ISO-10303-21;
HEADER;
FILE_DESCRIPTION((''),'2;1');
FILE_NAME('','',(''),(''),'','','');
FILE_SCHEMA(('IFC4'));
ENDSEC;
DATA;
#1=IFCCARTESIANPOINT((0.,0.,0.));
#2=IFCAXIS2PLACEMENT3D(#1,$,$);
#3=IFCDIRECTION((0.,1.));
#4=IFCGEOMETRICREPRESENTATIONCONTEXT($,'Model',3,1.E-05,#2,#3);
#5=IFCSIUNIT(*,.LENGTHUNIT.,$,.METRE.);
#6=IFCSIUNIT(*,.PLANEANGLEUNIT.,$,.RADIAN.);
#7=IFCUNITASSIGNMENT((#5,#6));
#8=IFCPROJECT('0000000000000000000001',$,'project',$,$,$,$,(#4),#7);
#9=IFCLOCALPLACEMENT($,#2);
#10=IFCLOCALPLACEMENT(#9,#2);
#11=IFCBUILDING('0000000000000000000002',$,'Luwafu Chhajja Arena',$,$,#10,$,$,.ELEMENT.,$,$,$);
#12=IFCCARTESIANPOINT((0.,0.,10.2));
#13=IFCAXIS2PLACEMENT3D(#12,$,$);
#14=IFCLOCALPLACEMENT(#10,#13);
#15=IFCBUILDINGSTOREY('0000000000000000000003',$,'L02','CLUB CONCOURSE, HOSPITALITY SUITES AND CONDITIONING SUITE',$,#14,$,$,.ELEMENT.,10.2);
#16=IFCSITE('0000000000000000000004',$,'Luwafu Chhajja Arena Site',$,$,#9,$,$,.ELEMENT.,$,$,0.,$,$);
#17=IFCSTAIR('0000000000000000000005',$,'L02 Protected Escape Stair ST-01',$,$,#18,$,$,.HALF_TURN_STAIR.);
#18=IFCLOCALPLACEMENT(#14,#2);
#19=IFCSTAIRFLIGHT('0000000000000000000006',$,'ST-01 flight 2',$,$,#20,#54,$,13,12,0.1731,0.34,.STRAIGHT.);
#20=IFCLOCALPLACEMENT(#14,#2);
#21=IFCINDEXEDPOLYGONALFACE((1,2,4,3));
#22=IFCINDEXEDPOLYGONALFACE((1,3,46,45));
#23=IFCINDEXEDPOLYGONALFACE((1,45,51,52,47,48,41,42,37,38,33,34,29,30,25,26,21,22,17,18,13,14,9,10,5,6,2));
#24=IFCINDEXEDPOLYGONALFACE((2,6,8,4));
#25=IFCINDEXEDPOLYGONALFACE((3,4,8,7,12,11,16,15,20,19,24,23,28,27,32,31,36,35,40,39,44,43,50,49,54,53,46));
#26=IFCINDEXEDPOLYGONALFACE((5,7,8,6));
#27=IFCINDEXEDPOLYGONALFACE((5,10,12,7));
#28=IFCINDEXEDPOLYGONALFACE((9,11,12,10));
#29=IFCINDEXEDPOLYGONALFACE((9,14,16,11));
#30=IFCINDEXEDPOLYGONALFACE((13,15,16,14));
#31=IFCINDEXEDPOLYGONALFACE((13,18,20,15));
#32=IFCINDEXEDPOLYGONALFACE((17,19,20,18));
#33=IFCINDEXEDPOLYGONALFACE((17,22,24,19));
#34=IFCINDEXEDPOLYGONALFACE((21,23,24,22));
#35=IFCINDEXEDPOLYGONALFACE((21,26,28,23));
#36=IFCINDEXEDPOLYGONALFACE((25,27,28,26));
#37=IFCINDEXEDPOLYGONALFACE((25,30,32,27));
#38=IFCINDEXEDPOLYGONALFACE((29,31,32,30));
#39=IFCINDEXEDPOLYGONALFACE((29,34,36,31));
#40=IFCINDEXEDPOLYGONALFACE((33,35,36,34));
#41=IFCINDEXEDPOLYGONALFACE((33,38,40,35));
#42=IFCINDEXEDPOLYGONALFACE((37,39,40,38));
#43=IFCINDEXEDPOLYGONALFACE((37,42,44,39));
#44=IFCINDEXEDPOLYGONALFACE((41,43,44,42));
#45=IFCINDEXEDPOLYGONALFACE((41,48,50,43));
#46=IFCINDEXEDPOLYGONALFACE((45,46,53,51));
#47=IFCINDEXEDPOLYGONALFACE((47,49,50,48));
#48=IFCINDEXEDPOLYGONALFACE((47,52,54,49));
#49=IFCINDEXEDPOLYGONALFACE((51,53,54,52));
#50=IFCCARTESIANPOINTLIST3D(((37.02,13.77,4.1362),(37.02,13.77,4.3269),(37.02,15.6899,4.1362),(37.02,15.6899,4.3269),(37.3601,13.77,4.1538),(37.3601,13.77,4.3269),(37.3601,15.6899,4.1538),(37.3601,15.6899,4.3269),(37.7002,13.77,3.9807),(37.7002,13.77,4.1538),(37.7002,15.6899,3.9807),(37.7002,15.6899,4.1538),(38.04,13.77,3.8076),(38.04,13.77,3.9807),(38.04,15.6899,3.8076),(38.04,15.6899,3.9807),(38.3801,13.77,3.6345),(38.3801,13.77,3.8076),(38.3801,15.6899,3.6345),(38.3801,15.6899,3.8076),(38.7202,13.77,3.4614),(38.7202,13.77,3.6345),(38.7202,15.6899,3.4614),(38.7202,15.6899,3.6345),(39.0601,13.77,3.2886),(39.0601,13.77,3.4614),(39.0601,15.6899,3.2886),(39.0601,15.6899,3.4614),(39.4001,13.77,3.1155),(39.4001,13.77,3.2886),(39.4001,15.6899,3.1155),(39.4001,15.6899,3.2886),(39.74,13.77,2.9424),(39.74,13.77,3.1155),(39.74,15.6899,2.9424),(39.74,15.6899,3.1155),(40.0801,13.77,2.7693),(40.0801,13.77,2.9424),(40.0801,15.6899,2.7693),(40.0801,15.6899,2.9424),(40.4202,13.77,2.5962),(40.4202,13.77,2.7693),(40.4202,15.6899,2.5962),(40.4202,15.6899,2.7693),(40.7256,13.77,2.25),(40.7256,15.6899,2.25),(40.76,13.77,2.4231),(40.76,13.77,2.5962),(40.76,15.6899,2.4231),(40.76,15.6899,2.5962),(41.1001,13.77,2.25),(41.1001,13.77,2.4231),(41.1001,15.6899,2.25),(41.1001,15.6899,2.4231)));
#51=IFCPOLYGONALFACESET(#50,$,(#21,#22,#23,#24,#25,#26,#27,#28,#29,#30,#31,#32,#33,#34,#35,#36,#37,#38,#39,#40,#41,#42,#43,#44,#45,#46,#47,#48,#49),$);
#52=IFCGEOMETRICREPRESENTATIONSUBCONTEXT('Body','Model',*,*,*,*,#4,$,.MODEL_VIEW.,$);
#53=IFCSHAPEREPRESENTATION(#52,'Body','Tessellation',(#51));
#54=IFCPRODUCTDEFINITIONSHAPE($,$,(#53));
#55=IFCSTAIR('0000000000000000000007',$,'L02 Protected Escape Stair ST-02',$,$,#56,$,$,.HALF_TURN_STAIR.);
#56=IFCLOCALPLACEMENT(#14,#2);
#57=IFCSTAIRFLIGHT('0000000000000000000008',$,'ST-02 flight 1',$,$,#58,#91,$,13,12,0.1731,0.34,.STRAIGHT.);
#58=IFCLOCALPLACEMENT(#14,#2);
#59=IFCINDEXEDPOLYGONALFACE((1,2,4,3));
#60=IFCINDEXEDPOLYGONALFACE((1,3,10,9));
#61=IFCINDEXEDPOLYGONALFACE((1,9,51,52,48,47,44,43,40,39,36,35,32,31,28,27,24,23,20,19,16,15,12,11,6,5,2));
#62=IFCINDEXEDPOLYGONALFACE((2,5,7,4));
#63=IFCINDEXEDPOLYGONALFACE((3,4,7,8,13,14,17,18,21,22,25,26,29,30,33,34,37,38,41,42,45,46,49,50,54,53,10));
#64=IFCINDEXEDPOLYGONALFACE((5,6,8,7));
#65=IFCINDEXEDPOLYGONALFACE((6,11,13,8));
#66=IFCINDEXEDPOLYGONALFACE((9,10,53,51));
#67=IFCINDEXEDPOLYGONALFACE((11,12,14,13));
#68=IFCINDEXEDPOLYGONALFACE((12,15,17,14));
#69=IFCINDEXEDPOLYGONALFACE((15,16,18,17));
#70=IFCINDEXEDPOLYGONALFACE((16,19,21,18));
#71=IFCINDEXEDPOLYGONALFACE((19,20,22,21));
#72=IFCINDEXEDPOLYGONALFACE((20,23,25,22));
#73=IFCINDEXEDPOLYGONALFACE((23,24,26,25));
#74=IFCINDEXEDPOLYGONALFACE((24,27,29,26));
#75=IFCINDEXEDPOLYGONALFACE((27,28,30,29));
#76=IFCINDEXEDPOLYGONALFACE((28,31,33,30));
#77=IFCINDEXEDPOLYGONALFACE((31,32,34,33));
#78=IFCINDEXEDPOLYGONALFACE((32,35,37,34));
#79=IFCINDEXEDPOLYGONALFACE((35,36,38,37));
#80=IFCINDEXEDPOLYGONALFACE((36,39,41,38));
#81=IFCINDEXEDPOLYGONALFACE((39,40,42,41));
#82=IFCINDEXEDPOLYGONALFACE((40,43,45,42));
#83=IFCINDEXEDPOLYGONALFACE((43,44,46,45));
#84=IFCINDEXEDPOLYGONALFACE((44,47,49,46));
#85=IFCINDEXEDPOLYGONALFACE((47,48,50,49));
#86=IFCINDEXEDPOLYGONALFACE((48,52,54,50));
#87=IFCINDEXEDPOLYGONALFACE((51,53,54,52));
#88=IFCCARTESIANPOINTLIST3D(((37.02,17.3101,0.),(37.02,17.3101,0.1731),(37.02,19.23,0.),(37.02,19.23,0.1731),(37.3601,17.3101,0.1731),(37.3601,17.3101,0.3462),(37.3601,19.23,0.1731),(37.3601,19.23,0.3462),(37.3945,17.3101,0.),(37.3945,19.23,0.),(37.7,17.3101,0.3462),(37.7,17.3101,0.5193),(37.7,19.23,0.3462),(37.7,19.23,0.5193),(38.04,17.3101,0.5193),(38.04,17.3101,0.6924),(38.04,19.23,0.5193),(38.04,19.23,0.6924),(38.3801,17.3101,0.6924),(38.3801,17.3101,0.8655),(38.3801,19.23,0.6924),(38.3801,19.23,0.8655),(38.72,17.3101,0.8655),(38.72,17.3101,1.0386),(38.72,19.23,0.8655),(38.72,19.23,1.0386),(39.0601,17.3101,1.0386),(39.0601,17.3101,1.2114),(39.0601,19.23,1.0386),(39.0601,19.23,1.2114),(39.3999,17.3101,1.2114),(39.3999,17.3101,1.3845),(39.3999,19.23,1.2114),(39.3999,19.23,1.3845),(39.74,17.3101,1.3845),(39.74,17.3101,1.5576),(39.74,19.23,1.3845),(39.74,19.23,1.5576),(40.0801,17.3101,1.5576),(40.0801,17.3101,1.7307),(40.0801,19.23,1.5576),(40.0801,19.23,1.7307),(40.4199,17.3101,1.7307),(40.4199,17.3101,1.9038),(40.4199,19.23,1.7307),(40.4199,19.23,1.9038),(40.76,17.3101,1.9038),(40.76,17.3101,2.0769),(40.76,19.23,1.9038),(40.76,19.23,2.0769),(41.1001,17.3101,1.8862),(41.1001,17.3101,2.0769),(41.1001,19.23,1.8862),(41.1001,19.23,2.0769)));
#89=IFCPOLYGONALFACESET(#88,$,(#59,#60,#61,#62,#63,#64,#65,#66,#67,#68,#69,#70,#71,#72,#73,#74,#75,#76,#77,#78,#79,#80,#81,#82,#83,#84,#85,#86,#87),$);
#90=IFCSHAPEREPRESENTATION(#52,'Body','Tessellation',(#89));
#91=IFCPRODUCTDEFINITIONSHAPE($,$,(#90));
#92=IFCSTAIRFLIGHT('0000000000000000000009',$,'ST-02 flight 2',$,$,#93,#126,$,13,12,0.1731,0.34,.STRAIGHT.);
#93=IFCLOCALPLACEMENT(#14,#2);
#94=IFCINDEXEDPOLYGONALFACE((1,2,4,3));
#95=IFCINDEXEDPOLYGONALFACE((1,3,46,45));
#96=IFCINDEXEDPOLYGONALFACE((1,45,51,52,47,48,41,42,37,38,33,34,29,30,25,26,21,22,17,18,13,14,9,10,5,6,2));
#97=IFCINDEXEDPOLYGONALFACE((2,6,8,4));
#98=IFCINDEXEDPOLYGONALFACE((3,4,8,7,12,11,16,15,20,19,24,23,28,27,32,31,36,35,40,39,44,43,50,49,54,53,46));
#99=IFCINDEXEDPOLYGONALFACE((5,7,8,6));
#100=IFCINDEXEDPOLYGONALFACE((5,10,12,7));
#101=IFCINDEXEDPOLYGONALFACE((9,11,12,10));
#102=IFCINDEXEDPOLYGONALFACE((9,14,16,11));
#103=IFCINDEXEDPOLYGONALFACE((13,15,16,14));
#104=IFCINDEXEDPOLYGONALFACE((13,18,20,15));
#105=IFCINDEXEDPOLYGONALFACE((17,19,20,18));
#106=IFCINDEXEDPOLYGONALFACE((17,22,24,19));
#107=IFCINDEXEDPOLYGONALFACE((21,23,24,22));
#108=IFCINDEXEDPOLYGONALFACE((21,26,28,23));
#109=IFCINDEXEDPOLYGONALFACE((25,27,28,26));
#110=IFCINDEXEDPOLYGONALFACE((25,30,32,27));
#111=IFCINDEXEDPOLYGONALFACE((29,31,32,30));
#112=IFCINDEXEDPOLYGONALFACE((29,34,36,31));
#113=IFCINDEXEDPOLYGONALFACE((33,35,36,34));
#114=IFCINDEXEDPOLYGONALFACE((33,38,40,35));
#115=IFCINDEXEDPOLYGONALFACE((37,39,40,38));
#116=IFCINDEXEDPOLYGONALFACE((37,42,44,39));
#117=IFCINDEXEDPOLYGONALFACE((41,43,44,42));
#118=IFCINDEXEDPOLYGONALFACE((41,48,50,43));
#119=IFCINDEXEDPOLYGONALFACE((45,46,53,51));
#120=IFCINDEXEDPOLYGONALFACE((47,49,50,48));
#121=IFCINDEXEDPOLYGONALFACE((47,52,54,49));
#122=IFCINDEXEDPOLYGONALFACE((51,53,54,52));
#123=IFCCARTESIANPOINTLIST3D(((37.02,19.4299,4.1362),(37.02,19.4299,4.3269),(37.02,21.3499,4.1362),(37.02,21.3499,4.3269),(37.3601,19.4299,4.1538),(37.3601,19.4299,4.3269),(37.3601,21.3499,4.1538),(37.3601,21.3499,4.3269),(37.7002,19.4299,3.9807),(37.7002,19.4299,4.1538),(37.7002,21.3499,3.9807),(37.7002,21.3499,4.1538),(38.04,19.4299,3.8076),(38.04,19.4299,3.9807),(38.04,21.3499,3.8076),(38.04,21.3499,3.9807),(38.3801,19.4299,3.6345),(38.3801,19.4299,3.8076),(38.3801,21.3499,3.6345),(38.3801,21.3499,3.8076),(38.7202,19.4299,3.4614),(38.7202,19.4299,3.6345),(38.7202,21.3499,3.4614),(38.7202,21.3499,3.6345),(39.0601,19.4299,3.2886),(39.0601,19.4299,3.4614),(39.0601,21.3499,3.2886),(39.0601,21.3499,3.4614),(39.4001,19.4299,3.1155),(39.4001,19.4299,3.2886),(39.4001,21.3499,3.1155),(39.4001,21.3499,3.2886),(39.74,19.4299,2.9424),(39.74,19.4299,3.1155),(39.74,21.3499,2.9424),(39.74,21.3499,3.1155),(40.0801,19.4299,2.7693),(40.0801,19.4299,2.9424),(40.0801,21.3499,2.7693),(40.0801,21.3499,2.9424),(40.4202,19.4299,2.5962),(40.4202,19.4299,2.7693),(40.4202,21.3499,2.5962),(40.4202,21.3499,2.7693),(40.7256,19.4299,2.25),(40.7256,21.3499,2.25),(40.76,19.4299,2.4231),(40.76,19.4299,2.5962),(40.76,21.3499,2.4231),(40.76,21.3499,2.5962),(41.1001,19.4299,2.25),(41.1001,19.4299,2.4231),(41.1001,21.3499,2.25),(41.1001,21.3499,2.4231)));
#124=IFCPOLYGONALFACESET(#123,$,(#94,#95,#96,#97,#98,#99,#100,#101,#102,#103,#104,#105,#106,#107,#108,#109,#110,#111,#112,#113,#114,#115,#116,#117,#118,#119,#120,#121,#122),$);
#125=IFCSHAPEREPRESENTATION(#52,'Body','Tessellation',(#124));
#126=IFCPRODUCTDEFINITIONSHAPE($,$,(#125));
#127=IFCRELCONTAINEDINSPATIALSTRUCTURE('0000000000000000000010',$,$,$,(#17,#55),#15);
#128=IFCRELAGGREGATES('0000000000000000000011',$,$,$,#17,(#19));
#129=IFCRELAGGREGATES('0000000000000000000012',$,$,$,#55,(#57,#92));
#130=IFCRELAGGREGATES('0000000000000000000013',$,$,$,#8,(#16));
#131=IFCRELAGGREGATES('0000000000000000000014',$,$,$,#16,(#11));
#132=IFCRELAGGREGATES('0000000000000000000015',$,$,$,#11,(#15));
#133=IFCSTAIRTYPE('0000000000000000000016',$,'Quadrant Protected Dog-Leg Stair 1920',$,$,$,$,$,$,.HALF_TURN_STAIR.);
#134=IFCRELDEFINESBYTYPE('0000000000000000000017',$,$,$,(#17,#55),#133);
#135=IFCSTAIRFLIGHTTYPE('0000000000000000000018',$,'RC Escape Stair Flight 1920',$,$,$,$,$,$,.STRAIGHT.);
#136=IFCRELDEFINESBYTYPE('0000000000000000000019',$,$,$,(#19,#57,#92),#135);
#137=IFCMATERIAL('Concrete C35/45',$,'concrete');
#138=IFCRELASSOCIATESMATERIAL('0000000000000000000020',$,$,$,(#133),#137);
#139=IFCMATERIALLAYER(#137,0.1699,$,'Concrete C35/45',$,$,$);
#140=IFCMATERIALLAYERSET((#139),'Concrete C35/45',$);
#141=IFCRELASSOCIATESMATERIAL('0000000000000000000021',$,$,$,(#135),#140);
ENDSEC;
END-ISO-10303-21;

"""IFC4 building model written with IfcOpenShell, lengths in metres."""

from ifc_helpers import new_model, si_unit, direction, frame, origin, place, context, subcontext, project, spatial, polyline, outline, extrude, material, layer, layer_set, type_object, element, aggregate, save


model = new_model("IFC4")

# Units and contexts
model_context = context("Model", 3, precision=1e-05, world=origin(), true_north=direction((0.0, 1.0)))
body_context = subcontext(model_context, "Body", "Model", "MODEL_VIEW")
ifc_project = project(units=[si_unit("LENGTHUNIT", "METRE"), si_unit("PLANEANGLEUNIT", "RADIAN")], contexts=[model_context])

# Site, building, storey
site_placement = place(None, origin())
site = spatial("IfcSite", under=ifc_project, at=site_placement, Name="Luwafu Chhajja Arena Site", CompositionType="ELEMENT", RefElevation=0.0)
building_placement = place(site_placement, origin())
building = spatial("IfcBuilding", under=site, at=building_placement, Name="Luwafu Chhajja Arena", CompositionType="ELEMENT")
storey_placement = place(building_placement, frame((0.0, 0.0, 10.2)))
storey = spatial("IfcBuildingStorey", under=building, at=storey_placement, Name="L02", Description="CLUB CONCOURSE, HOSPITALITY SUITES AND CONDITIONING SUITE", CompositionType="ELEMENT", Elevation=10.2)

# Shared definitions
ifc_material_1 = material(Name="Concrete C35/45", Category="concrete")

# Stair, stair flight
stair_type = type_object("IfcStairType", Name="Quadrant Protected Dog-Leg Stair 1920", PredefinedType="HALF_TURN_STAIR", material=ifc_material_1)
stair_1_placement = place(storey_placement, origin())
stair_1 = element("IfcStair", 1, at=stair_1_placement, inside=storey, type_object=stair_type, Name="L02 Protected Escape Stair ST-01", PredefinedType="HALF_TURN_STAIR")
ifc_layer_1 = layer(ifc_material_1, 0.1699, Name="Concrete C35/45")
ifc_layer_set_1 = layer_set([ifc_layer_1], Name="Concrete C35/45")
stair_flight_type = type_object("IfcStairFlightType", Name="RC Escape Stair Flight 1920", PredefinedType="STRAIGHT", material=ifc_layer_set_1)
stair_flight_1_placement = place(storey_placement, frame((41.1001, 14.73, 2.25), z_axis=(0.0, 0.0, 1.0), x_axis=(-1.0, 0.0, 0.0)))
stair_flight_1 = element("IfcStairFlight", 2, at=stair_flight_1_placement, type_object=stair_flight_type, Name="ST-01 flight 2", NumberOfRisers=13, NumberOfTreads=12, PredefinedType="STRAIGHT", RiserHeight=0.1731, TreadLength=0.34, context=body_context, shape_type="SweptSolid", body=[
    extrude(outline(polyline([(0.0, 0.0), (0.0, 0.1731), (0.3401, 0.1731), (0.3401, 0.3462), (0.6799, 0.3462), (0.6799, 0.5193), (1.02, 0.5193), (1.02, 0.6924), (1.3601, 0.6924), (1.3601, 0.8655), (1.7, 0.8655), (1.7, 1.0386), (2.04, 1.0386), (2.04, 1.2114), (2.3799, 1.2114), (2.3799, 1.3845), (2.72, 1.3845), (2.72, 1.5576), (3.0601, 1.5576), (3.0601, 1.7307), (3.3999, 1.7307), (3.3999, 1.9038), (3.74, 1.9038), (3.74, 2.0769), (4.0801, 2.0769), (4.0801, 2.25), (4.0801, 1.8862), (0.3745, 0.0), (0.0, 0.0)])), frame((0.0, 0.96, 0.0), z_axis=(0.0, -1.0, 0.0), x_axis=(1.0, 0.0, 0.0)), (0.0, 0.0, 1.0), 1.9199),
])
aggregate(stair_1, [stair_flight_1])

# Stair, stair flights
stair_2_placement = place(storey_placement, origin())
stair_2 = element("IfcStair", 3, at=stair_2_placement, inside=storey, type_object=stair_type, Name="L02 Protected Escape Stair ST-02", PredefinedType="HALF_TURN_STAIR")
stair_flight_2_placement = place(storey_placement, frame((37.02, 18.27, 0.0), z_axis=(0.0, 0.0, 1.0), x_axis=(1.0, 0.0, 0.0)))
stair_flight_2 = element("IfcStairFlight", 4, at=stair_flight_2_placement, type_object=stair_flight_type, Name="ST-02 flight 1", NumberOfRisers=13, NumberOfTreads=12, PredefinedType="STRAIGHT", RiserHeight=0.1731, TreadLength=0.34, context=body_context, shape_type="SweptSolid", body=[
    extrude(outline(polyline([(0.0, 0.0), (0.0, 0.1731), (0.3401, 0.1731), (0.3401, 0.3462), (0.6799, 0.3462), (0.6799, 0.5193), (1.02, 0.5193), (1.02, 0.6924), (1.3601, 0.6924), (1.3601, 0.8655), (1.7, 0.8655), (1.7, 1.0386), (2.04, 1.0386), (2.04, 1.2114), (2.3799, 1.2114), (2.3799, 1.3845), (2.72, 1.3845), (2.72, 1.5576), (3.0601, 1.5576), (3.0601, 1.7307), (3.3999, 1.7307), (3.3999, 1.9038), (3.74, 1.9038), (3.74, 2.0769), (4.0801, 2.0769), (4.0801, 2.25), (4.0801, 1.8862), (0.3745, 0.0), (0.0, 0.0)])), frame((0.0, 0.96, 0.0), z_axis=(0.0, -1.0, 0.0), x_axis=(1.0, 0.0, 0.0)), (0.0, 0.0, 1.0), 1.9199),
])
stair_flight_3_placement = place(storey_placement, frame((41.1001, 20.3899, 2.25), z_axis=(0.0, 0.0, 1.0), x_axis=(-1.0, 0.0, 0.0)))
stair_flight_3 = element("IfcStairFlight", 5, at=stair_flight_3_placement, type_object=stair_flight_type, Name="ST-02 flight 2", NumberOfRisers=13, NumberOfTreads=12, PredefinedType="STRAIGHT", RiserHeight=0.1731, TreadLength=0.34, context=body_context, shape_type="SweptSolid", body=[
    extrude(outline(polyline([(0.0, 0.0), (0.0, 0.1731), (0.3401, 0.1731), (0.3401, 0.3462), (0.6799, 0.3462), (0.6799, 0.5193), (1.02, 0.5193), (1.02, 0.6924), (1.3601, 0.6924), (1.3601, 0.8655), (1.7, 0.8655), (1.7, 1.0386), (2.04, 1.0386), (2.04, 1.2114), (2.3799, 1.2114), (2.3799, 1.3845), (2.72, 1.3845), (2.72, 1.5576), (3.0601, 1.5576), (3.0601, 1.7307), (3.3999, 1.7307), (3.3999, 1.9038), (3.74, 1.9038), (3.74, 2.0769), (4.0801, 2.0769), (4.0801, 2.25), (4.0801, 1.8862), (0.3745, 0.0), (0.0, 0.0)])), frame((0.0, 0.96, 0.0), z_axis=(0.0, -1.0, 0.0), x_axis=(1.0, 0.0, 0.0)), (0.0, 0.0, 1.0), 1.9199),
])
aggregate(stair_2, [stair_flight_2, stair_flight_3])

save(model, "model.ifc")
